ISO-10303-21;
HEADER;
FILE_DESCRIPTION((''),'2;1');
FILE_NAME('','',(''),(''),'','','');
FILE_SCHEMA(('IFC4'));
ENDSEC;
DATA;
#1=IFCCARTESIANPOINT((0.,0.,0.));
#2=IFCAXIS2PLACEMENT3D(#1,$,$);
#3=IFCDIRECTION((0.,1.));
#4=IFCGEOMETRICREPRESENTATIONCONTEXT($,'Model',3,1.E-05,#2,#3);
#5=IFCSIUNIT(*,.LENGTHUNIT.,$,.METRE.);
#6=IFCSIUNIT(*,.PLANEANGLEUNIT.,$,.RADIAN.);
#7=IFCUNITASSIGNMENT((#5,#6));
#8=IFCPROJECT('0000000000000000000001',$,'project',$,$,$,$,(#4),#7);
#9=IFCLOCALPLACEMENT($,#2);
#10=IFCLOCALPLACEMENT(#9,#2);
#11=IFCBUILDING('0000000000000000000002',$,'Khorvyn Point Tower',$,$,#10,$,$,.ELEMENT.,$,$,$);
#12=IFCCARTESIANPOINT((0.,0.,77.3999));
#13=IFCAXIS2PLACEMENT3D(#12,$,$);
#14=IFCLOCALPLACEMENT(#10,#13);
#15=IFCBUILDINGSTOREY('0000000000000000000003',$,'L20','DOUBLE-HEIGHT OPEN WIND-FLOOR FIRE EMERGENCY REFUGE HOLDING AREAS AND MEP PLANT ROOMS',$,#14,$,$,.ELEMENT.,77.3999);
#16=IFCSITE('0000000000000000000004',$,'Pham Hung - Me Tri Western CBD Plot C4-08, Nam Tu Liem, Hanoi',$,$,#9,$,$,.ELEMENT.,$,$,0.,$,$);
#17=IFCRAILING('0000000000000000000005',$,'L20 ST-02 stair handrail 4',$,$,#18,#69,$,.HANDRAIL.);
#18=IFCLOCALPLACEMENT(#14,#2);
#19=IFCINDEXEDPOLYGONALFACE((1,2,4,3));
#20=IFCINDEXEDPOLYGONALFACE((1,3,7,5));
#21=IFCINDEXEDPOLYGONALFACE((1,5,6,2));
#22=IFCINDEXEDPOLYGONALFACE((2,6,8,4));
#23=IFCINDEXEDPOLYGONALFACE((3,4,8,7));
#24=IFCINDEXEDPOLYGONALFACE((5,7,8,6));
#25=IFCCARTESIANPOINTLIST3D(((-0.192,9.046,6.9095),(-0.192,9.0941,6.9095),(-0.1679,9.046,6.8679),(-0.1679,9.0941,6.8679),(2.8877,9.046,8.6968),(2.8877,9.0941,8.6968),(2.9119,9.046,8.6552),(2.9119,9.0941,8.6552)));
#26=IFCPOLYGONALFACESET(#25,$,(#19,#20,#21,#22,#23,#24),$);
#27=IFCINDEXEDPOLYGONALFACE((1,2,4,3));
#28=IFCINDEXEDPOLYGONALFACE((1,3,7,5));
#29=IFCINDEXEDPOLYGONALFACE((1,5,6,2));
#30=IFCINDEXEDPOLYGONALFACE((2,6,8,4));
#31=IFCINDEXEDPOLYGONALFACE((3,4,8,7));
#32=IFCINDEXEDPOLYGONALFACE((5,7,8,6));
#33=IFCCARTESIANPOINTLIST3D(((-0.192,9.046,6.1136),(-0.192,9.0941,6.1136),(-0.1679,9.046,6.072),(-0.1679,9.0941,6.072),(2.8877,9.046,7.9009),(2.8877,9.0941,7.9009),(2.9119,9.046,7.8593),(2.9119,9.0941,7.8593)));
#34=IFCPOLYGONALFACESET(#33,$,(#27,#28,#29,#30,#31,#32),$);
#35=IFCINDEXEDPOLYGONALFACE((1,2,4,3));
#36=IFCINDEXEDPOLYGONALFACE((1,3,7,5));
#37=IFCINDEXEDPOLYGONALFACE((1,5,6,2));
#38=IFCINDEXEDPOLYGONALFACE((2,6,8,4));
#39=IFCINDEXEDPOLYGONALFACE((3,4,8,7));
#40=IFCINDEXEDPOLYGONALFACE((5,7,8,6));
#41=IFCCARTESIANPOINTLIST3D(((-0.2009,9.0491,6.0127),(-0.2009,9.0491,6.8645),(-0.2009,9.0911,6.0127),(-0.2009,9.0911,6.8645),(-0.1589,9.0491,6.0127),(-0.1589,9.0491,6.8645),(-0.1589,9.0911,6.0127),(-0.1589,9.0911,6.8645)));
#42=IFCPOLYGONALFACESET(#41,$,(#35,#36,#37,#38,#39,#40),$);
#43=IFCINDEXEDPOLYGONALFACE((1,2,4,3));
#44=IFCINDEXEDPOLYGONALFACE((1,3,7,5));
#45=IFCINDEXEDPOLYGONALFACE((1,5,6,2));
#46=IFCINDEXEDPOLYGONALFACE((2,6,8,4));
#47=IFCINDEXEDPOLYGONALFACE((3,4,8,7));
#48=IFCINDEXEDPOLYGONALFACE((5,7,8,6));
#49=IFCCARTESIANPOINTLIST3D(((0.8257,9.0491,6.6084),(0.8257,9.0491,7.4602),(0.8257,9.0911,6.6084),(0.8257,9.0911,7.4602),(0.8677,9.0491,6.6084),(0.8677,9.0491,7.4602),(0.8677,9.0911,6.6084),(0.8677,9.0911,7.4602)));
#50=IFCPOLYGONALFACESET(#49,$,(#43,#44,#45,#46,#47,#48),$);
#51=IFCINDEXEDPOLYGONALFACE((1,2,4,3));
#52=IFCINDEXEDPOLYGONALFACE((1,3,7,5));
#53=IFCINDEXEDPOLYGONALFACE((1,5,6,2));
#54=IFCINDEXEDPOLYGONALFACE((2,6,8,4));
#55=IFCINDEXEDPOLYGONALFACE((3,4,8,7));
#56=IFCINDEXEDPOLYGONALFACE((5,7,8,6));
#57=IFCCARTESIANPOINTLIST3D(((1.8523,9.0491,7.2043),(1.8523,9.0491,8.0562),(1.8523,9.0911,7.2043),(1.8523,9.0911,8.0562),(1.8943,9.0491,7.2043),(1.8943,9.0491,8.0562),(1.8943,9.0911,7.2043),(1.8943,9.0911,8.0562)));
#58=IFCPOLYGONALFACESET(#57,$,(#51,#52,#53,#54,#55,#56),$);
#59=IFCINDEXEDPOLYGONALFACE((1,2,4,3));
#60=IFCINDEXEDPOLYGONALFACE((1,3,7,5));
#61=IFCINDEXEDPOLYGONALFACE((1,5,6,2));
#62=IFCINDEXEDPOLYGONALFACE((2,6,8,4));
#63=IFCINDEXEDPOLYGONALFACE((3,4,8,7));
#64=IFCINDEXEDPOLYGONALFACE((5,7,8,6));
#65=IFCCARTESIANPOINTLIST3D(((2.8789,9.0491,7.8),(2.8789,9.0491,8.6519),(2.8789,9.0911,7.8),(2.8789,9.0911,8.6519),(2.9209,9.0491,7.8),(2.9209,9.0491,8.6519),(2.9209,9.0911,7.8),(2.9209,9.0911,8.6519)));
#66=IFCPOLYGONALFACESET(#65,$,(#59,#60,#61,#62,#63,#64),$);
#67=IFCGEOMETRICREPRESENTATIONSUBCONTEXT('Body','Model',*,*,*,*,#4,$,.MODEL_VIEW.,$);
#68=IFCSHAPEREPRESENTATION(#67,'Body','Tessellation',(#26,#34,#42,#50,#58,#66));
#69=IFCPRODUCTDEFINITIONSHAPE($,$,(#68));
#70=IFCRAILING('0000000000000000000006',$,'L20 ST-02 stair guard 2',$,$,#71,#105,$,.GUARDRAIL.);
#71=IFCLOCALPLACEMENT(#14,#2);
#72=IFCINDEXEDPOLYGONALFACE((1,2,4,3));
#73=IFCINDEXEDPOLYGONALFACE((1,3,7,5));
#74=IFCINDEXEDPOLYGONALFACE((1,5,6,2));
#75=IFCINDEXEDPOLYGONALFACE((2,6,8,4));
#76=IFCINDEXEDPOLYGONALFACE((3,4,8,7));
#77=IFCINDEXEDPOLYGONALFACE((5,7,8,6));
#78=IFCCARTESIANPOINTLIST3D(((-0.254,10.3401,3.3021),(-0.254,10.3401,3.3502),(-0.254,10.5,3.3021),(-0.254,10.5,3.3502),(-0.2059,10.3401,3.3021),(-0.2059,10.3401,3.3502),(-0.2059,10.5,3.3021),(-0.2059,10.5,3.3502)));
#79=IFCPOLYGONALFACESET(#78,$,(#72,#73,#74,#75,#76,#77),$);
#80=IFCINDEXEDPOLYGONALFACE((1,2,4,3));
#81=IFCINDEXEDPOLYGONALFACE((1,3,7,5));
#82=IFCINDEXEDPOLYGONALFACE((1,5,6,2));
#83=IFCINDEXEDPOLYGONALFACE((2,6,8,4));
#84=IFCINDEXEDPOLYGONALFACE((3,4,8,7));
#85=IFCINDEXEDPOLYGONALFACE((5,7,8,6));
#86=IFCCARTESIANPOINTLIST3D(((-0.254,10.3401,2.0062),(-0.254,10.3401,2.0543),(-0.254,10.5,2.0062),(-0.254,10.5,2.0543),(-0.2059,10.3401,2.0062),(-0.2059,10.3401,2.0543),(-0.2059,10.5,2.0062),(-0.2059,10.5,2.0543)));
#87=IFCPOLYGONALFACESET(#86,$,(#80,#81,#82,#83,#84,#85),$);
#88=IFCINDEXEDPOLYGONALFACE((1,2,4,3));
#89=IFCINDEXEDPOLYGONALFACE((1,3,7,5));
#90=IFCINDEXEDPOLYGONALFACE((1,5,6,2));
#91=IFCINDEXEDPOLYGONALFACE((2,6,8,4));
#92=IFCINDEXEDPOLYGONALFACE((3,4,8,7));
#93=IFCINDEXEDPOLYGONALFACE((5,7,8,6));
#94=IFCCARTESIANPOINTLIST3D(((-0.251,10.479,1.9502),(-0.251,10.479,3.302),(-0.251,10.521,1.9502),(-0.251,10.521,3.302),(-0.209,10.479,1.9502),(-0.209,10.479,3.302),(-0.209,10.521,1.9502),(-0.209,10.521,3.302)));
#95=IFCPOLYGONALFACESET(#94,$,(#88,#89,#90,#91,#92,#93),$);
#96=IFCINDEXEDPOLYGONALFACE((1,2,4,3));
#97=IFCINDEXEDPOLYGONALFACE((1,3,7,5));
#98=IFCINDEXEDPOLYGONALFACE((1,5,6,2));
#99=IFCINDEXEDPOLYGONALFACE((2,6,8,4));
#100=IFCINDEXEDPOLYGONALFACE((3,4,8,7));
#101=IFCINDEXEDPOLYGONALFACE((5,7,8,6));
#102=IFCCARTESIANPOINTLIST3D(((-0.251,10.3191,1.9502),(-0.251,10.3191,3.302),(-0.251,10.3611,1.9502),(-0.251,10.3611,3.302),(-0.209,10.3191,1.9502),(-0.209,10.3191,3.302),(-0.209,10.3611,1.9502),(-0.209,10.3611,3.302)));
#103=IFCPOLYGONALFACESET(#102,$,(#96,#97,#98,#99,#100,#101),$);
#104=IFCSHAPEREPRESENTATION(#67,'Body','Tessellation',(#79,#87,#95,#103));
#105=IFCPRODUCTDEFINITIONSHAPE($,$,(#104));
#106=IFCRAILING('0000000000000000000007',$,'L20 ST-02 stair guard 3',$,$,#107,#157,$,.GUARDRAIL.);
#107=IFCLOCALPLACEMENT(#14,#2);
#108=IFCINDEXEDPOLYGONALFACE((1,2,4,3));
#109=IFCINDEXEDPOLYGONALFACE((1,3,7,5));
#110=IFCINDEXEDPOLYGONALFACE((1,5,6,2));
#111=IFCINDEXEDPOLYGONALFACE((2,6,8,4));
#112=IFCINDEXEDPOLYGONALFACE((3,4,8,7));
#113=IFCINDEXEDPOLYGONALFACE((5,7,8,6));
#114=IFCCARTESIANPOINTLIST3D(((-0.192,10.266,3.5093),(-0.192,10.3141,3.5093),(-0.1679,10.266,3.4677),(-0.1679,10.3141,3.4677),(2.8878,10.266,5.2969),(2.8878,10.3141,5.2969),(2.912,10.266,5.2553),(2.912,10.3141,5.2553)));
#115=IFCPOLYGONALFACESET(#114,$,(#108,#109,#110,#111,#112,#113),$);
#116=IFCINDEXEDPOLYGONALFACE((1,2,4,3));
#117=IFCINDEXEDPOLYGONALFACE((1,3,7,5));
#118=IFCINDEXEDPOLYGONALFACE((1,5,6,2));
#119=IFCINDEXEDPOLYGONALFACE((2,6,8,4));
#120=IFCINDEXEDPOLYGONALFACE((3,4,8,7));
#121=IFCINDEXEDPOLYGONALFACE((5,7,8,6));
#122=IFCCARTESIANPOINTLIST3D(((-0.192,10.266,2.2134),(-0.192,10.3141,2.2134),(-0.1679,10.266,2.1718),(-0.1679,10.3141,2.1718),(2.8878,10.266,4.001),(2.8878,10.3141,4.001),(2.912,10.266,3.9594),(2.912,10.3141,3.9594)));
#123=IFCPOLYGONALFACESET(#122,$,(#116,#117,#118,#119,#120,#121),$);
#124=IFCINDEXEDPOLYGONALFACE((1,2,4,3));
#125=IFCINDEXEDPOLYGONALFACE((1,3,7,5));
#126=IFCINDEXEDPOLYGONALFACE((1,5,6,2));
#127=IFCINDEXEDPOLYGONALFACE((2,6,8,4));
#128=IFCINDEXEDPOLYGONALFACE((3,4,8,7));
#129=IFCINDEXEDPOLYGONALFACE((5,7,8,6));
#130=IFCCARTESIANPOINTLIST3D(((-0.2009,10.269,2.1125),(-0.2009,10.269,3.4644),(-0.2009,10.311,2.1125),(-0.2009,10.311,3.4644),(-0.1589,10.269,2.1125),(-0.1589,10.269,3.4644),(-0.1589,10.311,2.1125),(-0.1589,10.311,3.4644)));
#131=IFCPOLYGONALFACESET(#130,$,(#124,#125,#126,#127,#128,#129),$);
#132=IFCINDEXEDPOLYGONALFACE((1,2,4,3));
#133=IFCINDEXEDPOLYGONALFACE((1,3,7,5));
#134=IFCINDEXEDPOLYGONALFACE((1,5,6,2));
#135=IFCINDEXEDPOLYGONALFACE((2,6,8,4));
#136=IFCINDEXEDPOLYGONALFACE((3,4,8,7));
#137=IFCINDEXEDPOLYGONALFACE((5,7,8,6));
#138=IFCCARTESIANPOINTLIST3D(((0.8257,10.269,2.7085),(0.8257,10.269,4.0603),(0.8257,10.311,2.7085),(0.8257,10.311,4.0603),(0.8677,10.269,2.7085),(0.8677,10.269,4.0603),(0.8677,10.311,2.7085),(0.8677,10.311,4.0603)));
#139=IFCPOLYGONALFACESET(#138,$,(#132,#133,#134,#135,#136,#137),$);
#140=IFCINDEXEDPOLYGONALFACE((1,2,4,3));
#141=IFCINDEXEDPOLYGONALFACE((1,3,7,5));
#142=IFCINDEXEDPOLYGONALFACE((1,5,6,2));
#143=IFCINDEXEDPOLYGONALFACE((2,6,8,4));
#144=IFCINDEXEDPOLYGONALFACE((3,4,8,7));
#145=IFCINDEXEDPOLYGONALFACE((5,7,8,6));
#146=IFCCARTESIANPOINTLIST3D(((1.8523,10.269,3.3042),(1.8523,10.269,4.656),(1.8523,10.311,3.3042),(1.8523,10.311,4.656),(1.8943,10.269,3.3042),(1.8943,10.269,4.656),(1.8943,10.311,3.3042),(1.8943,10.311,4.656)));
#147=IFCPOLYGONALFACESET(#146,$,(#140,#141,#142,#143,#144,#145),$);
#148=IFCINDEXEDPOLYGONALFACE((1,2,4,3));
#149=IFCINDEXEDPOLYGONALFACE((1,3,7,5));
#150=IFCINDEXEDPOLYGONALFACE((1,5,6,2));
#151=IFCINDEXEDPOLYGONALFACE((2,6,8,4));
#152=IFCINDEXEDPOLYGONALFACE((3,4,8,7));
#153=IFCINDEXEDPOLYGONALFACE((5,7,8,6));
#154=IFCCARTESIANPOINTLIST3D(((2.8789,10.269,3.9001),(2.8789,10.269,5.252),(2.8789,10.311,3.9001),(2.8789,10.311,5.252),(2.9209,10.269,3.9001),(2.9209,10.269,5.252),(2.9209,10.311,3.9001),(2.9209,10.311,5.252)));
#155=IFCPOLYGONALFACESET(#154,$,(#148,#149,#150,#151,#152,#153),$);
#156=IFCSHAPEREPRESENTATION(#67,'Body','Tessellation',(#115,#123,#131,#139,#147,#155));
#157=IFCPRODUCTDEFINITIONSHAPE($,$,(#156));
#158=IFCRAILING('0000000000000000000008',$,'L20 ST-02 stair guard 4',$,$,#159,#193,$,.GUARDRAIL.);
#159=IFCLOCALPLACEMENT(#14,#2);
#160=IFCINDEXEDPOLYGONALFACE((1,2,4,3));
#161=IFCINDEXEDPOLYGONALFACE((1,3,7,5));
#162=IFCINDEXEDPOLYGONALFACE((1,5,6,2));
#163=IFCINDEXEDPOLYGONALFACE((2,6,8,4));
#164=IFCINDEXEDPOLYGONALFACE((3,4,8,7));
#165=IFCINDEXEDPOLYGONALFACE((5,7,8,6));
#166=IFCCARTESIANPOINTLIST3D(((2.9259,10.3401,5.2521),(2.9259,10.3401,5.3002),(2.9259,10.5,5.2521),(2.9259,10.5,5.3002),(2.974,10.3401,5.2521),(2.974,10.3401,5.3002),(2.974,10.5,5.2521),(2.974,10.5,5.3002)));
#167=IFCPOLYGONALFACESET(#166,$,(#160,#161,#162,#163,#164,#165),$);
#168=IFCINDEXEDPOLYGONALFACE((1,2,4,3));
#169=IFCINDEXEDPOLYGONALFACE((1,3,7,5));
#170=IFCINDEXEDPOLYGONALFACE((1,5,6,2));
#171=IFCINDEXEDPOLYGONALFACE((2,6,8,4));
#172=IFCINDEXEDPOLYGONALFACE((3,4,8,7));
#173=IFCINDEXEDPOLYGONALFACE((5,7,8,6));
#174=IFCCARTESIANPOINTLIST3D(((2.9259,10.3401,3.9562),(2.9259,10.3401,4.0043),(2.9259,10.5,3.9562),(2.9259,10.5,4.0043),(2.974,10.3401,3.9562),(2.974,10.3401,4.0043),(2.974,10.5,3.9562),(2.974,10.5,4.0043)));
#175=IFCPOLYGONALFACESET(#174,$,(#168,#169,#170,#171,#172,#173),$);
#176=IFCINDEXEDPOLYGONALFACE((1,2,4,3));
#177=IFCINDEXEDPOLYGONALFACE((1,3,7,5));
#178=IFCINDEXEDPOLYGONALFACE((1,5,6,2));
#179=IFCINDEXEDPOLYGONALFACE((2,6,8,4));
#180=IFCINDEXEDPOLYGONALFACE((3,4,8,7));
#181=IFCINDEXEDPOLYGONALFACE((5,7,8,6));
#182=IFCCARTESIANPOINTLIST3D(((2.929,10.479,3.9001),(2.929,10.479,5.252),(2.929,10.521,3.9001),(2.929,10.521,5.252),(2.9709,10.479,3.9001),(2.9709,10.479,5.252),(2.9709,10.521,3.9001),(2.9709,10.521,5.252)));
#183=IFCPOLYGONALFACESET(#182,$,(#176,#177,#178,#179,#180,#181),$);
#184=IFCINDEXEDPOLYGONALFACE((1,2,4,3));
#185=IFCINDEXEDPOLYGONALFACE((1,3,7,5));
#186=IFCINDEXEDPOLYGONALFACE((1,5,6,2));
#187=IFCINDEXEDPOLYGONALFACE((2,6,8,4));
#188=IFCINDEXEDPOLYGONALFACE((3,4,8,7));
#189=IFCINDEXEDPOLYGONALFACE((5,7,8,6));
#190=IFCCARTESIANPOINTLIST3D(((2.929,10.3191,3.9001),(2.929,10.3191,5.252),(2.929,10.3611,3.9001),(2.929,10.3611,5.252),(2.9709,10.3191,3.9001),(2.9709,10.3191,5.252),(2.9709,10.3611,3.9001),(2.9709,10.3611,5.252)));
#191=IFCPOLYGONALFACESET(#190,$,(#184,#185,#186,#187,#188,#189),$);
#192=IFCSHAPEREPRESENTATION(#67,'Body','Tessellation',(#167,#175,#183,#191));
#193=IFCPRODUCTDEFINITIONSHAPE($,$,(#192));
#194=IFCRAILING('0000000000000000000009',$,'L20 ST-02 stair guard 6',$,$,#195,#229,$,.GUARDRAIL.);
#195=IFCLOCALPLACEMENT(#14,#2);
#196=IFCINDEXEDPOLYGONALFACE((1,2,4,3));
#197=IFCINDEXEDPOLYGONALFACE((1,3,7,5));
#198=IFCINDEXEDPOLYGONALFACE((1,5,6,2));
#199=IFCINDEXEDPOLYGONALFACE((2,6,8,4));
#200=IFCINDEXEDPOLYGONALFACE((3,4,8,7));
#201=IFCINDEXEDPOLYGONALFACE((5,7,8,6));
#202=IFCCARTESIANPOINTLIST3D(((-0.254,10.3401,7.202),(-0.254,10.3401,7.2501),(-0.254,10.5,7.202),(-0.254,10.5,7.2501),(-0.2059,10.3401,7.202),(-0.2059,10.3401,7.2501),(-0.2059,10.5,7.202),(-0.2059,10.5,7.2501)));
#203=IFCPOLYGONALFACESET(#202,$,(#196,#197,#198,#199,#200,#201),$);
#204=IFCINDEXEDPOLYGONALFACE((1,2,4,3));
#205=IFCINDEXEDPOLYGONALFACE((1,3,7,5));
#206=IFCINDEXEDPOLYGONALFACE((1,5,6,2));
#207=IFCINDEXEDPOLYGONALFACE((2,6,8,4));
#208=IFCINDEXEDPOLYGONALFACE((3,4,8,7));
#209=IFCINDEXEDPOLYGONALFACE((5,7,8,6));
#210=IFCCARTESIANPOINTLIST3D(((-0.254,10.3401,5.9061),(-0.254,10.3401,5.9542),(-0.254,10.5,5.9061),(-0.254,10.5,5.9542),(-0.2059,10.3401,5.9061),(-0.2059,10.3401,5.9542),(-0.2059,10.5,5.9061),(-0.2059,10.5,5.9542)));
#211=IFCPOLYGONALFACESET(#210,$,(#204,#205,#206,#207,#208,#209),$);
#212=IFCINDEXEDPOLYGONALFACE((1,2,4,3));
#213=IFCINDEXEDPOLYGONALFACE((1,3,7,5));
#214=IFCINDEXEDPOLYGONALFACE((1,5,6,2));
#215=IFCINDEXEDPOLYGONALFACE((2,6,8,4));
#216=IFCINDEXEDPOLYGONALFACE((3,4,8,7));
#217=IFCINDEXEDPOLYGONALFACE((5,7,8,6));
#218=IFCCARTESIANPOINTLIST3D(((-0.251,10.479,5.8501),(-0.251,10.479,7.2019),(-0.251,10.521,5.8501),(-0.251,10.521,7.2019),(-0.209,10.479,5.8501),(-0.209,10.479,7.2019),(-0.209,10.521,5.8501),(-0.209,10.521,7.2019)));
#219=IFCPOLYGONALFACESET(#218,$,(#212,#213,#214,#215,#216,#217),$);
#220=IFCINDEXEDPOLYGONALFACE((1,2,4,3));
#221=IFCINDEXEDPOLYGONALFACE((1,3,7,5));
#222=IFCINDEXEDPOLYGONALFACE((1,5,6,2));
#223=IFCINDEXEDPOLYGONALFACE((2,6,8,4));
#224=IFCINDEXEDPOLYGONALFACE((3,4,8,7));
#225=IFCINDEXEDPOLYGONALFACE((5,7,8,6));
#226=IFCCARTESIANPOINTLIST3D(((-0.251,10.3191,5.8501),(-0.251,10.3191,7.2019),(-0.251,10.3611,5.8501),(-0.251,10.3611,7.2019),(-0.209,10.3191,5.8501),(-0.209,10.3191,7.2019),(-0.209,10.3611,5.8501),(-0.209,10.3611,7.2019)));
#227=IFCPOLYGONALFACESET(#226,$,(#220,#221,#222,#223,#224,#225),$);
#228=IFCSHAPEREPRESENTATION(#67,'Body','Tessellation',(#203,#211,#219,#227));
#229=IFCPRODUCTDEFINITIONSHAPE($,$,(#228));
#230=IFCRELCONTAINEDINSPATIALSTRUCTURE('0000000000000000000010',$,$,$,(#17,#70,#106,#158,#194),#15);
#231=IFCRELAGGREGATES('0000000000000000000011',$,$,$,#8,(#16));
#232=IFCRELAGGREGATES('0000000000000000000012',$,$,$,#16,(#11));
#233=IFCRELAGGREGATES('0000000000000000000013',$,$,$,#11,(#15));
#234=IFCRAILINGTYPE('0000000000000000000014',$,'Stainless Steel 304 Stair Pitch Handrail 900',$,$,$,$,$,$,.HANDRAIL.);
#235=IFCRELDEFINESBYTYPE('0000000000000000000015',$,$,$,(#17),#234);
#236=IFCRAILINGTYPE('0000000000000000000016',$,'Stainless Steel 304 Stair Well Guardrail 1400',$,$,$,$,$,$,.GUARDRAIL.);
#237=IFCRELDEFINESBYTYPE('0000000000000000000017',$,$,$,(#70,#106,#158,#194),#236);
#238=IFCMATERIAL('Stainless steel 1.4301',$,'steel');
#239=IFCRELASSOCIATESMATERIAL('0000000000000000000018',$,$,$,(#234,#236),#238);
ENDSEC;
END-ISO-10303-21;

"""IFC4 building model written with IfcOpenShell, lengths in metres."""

from ifc_helpers import new_model, si_unit, direction, frame, origin, origin_2d, place, context, subcontext, project, spatial, rectangle, extrude, material, type_object, element, save


model = new_model("IFC4")

# Units and contexts
model_context = context("Model", 3, precision=1e-05, world=origin(), true_north=direction((0.0, 1.0)))
body_context = subcontext(model_context, "Body", "Model", "MODEL_VIEW")
ifc_project = project(units=[si_unit("LENGTHUNIT", "METRE"), si_unit("PLANEANGLEUNIT", "RADIAN")], contexts=[model_context])

# Site, building, storey
site_placement = place(None, origin())
site = spatial("IfcSite", under=ifc_project, at=site_placement, Name="Pham Hung - Me Tri Western CBD Plot C4-08, Nam Tu Liem, Hanoi", CompositionType="ELEMENT", RefElevation=0.0)
building_placement = place(site_placement, origin())
building = spatial("IfcBuilding", under=site, at=building_placement, Name="Khorvyn Point Tower", CompositionType="ELEMENT")
storey_placement = place(building_placement, frame((0.0, 0.0, 77.3999)))
storey = spatial("IfcBuildingStorey", under=building, at=storey_placement, Name="L20", Description="DOUBLE-HEIGHT OPEN WIND-FLOOR FIRE EMERGENCY REFUGE HOLDING AREAS AND MEP PLANT ROOMS", CompositionType="ELEMENT", Elevation=77.3999)

# Shared definitions
ifc_material_1 = material(Name="Stainless steel 1.4301", Category="steel")

# Railings
railing_type_1 = type_object("IfcRailingType", Name="Stainless Steel 304 Stair Pitch Handrail 900", PredefinedType="HANDRAIL", material=ifc_material_1)
railing_1_placement = place(storey_placement, frame((-0.1799, 9.0701, 6.0127)))
element("IfcRailing", 1, at=railing_1_placement, inside=storey, type_object=railing_type_1, Name="L20 ST-02 stair handrail 4", PredefinedType="HANDRAIL", context=body_context, shape_type="SweptSolid", body=[
    extrude(rectangle(XDim=0.0481, YDim=0.0481, at=origin_2d()), frame((0.0, 0.0, 0.876), z_axis=(0.864903, 0.0, 0.501939), x_axis=(0.0, 1.0, 0.0)), (0.0, 0.0, 1.0), 3.5608),
    extrude(rectangle(XDim=0.0481, YDim=0.0481, at=origin_2d()), frame((0.0, 0.0, 0.0801), z_axis=(0.864903, 0.0, 0.501939), x_axis=(0.0, 1.0, 0.0)), (0.0, 0.0, 1.0), 3.5608),
    extrude(rectangle(XDim=0.042, YDim=0.042, at=origin_2d()), origin(), (0.0, 0.0, 1.0), 0.8518),
    extrude(rectangle(XDim=0.042, YDim=0.042, at=origin_2d()), frame((1.0266, 0.0, 0.5957)), (0.0, 0.0, 1.0), 0.8518),
    extrude(rectangle(XDim=0.042, YDim=0.042, at=origin_2d()), frame((2.0532, 0.0, 1.1917)), (0.0, 0.0, 1.0), 0.8518),
    extrude(rectangle(XDim=0.042, YDim=0.042, at=origin_2d()), frame((3.0798, 0.0, 1.7874)), (0.0, 0.0, 1.0), 0.8518),
])
railing_type_2 = type_object("IfcRailingType", Name="Stainless Steel 304 Stair Well Guardrail 1400", PredefinedType="GUARDRAIL", material=ifc_material_1)
railing_2_placement = place(storey_placement, frame((-0.23, 10.5, 1.9502)))
element("IfcRailing", 2, at=railing_2_placement, inside=storey, type_object=railing_type_2, Name="L20 ST-02 stair guard 2", PredefinedType="GUARDRAIL", context=body_context, shape_type="SweptSolid", body=[
    extrude(rectangle(XDim=0.0481, YDim=0.0481, at=origin_2d()), frame((0.0, 0.0, 1.376), z_axis=(0.0, -1.0, 0.0), x_axis=(1.0, 0.0, 0.0)), (0.0, 0.0, 1.0), 0.1599),
    extrude(rectangle(XDim=0.0481, YDim=0.0481, at=origin_2d()), frame((0.0, 0.0, 0.0801), z_axis=(0.0, -1.0, 0.0), x_axis=(1.0, 0.0, 0.0)), (0.0, 0.0, 1.0), 0.1599),
    extrude(rectangle(XDim=0.042, YDim=0.042, at=origin_2d()), origin(), (0.0, 0.0, 1.0), 1.3518),
    extrude(rectangle(XDim=0.042, YDim=0.042, at=origin_2d()), frame((0.0, -0.1599, 0.0)), (0.0, 0.0, 1.0), 1.3518),
])
railing_3_placement = place(storey_placement, frame((-0.1799, 10.29, 2.1125)))
element("IfcRailing", 3, at=railing_3_placement, inside=storey, type_object=railing_type_2, Name="L20 ST-02 stair guard 3", PredefinedType="GUARDRAIL", context=body_context, shape_type="SweptSolid", body=[
    extrude(rectangle(XDim=0.0481, YDim=0.0481, at=origin_2d()), frame((0.0, 0.0, 1.376), z_axis=(0.864873, 0.0, 0.50199), x_axis=(0.0, 1.0, 0.0)), (0.0, 0.0, 1.0), 3.561),
    extrude(rectangle(XDim=0.0481, YDim=0.0481, at=origin_2d()), frame((0.0, 0.0, 0.0801), z_axis=(0.864873, 0.0, 0.50199), x_axis=(0.0, 1.0, 0.0)), (0.0, 0.0, 1.0), 3.561),
    extrude(rectangle(XDim=0.042, YDim=0.042, at=origin_2d()), origin(), (0.0, 0.0, 1.0), 1.3518),
    extrude(rectangle(XDim=0.042, YDim=0.042, at=origin_2d()), frame((1.0266, 0.0, 0.5959)), (0.0, 0.0, 1.0), 1.3518),
    extrude(rectangle(XDim=0.042, YDim=0.042, at=origin_2d()), frame((2.0532, 0.0, 1.1917)), (0.0, 0.0, 1.0), 1.3518),
    extrude(rectangle(XDim=0.042, YDim=0.042, at=origin_2d()), frame((3.0798, 0.0, 1.7876)), (0.0, 0.0, 1.0), 1.3518),
])
for number, where, name in (
    (4, (2.95, 10.5, 3.9001), "L20 ST-02 stair guard 4"),
    (5, (-0.23, 10.5, 5.8501), "L20 ST-02 stair guard 6"),
):
    element("IfcRailing", number, at=place(storey_placement, frame(where)), inside=storey, type_object=railing_type_2, Name=name, PredefinedType="GUARDRAIL", context=body_context, shape_type="SweptSolid", body=[
        extrude(rectangle(XDim=0.0481, YDim=0.0481, at=origin_2d()), frame((0.0, 0.0, 1.376), z_axis=(0.0, -1.0, 0.0), x_axis=(1.0, 0.0, 0.0)), (0.0, 0.0, 1.0), 0.1599),
        extrude(rectangle(XDim=0.0481, YDim=0.0481, at=origin_2d()), frame((0.0, 0.0, 0.0801), z_axis=(0.0, -1.0, 0.0), x_axis=(1.0, 0.0, 0.0)), (0.0, 0.0, 1.0), 0.1599),
        extrude(rectangle(XDim=0.042, YDim=0.042, at=origin_2d()), origin(), (0.0, 0.0, 1.0), 1.3518),
        extrude(rectangle(XDim=0.042, YDim=0.042, at=origin_2d()), frame((0.0, -0.1599, 0.0)), (0.0, 0.0, 1.0), 1.3518),
    ])

save(model, "model.ifc")
